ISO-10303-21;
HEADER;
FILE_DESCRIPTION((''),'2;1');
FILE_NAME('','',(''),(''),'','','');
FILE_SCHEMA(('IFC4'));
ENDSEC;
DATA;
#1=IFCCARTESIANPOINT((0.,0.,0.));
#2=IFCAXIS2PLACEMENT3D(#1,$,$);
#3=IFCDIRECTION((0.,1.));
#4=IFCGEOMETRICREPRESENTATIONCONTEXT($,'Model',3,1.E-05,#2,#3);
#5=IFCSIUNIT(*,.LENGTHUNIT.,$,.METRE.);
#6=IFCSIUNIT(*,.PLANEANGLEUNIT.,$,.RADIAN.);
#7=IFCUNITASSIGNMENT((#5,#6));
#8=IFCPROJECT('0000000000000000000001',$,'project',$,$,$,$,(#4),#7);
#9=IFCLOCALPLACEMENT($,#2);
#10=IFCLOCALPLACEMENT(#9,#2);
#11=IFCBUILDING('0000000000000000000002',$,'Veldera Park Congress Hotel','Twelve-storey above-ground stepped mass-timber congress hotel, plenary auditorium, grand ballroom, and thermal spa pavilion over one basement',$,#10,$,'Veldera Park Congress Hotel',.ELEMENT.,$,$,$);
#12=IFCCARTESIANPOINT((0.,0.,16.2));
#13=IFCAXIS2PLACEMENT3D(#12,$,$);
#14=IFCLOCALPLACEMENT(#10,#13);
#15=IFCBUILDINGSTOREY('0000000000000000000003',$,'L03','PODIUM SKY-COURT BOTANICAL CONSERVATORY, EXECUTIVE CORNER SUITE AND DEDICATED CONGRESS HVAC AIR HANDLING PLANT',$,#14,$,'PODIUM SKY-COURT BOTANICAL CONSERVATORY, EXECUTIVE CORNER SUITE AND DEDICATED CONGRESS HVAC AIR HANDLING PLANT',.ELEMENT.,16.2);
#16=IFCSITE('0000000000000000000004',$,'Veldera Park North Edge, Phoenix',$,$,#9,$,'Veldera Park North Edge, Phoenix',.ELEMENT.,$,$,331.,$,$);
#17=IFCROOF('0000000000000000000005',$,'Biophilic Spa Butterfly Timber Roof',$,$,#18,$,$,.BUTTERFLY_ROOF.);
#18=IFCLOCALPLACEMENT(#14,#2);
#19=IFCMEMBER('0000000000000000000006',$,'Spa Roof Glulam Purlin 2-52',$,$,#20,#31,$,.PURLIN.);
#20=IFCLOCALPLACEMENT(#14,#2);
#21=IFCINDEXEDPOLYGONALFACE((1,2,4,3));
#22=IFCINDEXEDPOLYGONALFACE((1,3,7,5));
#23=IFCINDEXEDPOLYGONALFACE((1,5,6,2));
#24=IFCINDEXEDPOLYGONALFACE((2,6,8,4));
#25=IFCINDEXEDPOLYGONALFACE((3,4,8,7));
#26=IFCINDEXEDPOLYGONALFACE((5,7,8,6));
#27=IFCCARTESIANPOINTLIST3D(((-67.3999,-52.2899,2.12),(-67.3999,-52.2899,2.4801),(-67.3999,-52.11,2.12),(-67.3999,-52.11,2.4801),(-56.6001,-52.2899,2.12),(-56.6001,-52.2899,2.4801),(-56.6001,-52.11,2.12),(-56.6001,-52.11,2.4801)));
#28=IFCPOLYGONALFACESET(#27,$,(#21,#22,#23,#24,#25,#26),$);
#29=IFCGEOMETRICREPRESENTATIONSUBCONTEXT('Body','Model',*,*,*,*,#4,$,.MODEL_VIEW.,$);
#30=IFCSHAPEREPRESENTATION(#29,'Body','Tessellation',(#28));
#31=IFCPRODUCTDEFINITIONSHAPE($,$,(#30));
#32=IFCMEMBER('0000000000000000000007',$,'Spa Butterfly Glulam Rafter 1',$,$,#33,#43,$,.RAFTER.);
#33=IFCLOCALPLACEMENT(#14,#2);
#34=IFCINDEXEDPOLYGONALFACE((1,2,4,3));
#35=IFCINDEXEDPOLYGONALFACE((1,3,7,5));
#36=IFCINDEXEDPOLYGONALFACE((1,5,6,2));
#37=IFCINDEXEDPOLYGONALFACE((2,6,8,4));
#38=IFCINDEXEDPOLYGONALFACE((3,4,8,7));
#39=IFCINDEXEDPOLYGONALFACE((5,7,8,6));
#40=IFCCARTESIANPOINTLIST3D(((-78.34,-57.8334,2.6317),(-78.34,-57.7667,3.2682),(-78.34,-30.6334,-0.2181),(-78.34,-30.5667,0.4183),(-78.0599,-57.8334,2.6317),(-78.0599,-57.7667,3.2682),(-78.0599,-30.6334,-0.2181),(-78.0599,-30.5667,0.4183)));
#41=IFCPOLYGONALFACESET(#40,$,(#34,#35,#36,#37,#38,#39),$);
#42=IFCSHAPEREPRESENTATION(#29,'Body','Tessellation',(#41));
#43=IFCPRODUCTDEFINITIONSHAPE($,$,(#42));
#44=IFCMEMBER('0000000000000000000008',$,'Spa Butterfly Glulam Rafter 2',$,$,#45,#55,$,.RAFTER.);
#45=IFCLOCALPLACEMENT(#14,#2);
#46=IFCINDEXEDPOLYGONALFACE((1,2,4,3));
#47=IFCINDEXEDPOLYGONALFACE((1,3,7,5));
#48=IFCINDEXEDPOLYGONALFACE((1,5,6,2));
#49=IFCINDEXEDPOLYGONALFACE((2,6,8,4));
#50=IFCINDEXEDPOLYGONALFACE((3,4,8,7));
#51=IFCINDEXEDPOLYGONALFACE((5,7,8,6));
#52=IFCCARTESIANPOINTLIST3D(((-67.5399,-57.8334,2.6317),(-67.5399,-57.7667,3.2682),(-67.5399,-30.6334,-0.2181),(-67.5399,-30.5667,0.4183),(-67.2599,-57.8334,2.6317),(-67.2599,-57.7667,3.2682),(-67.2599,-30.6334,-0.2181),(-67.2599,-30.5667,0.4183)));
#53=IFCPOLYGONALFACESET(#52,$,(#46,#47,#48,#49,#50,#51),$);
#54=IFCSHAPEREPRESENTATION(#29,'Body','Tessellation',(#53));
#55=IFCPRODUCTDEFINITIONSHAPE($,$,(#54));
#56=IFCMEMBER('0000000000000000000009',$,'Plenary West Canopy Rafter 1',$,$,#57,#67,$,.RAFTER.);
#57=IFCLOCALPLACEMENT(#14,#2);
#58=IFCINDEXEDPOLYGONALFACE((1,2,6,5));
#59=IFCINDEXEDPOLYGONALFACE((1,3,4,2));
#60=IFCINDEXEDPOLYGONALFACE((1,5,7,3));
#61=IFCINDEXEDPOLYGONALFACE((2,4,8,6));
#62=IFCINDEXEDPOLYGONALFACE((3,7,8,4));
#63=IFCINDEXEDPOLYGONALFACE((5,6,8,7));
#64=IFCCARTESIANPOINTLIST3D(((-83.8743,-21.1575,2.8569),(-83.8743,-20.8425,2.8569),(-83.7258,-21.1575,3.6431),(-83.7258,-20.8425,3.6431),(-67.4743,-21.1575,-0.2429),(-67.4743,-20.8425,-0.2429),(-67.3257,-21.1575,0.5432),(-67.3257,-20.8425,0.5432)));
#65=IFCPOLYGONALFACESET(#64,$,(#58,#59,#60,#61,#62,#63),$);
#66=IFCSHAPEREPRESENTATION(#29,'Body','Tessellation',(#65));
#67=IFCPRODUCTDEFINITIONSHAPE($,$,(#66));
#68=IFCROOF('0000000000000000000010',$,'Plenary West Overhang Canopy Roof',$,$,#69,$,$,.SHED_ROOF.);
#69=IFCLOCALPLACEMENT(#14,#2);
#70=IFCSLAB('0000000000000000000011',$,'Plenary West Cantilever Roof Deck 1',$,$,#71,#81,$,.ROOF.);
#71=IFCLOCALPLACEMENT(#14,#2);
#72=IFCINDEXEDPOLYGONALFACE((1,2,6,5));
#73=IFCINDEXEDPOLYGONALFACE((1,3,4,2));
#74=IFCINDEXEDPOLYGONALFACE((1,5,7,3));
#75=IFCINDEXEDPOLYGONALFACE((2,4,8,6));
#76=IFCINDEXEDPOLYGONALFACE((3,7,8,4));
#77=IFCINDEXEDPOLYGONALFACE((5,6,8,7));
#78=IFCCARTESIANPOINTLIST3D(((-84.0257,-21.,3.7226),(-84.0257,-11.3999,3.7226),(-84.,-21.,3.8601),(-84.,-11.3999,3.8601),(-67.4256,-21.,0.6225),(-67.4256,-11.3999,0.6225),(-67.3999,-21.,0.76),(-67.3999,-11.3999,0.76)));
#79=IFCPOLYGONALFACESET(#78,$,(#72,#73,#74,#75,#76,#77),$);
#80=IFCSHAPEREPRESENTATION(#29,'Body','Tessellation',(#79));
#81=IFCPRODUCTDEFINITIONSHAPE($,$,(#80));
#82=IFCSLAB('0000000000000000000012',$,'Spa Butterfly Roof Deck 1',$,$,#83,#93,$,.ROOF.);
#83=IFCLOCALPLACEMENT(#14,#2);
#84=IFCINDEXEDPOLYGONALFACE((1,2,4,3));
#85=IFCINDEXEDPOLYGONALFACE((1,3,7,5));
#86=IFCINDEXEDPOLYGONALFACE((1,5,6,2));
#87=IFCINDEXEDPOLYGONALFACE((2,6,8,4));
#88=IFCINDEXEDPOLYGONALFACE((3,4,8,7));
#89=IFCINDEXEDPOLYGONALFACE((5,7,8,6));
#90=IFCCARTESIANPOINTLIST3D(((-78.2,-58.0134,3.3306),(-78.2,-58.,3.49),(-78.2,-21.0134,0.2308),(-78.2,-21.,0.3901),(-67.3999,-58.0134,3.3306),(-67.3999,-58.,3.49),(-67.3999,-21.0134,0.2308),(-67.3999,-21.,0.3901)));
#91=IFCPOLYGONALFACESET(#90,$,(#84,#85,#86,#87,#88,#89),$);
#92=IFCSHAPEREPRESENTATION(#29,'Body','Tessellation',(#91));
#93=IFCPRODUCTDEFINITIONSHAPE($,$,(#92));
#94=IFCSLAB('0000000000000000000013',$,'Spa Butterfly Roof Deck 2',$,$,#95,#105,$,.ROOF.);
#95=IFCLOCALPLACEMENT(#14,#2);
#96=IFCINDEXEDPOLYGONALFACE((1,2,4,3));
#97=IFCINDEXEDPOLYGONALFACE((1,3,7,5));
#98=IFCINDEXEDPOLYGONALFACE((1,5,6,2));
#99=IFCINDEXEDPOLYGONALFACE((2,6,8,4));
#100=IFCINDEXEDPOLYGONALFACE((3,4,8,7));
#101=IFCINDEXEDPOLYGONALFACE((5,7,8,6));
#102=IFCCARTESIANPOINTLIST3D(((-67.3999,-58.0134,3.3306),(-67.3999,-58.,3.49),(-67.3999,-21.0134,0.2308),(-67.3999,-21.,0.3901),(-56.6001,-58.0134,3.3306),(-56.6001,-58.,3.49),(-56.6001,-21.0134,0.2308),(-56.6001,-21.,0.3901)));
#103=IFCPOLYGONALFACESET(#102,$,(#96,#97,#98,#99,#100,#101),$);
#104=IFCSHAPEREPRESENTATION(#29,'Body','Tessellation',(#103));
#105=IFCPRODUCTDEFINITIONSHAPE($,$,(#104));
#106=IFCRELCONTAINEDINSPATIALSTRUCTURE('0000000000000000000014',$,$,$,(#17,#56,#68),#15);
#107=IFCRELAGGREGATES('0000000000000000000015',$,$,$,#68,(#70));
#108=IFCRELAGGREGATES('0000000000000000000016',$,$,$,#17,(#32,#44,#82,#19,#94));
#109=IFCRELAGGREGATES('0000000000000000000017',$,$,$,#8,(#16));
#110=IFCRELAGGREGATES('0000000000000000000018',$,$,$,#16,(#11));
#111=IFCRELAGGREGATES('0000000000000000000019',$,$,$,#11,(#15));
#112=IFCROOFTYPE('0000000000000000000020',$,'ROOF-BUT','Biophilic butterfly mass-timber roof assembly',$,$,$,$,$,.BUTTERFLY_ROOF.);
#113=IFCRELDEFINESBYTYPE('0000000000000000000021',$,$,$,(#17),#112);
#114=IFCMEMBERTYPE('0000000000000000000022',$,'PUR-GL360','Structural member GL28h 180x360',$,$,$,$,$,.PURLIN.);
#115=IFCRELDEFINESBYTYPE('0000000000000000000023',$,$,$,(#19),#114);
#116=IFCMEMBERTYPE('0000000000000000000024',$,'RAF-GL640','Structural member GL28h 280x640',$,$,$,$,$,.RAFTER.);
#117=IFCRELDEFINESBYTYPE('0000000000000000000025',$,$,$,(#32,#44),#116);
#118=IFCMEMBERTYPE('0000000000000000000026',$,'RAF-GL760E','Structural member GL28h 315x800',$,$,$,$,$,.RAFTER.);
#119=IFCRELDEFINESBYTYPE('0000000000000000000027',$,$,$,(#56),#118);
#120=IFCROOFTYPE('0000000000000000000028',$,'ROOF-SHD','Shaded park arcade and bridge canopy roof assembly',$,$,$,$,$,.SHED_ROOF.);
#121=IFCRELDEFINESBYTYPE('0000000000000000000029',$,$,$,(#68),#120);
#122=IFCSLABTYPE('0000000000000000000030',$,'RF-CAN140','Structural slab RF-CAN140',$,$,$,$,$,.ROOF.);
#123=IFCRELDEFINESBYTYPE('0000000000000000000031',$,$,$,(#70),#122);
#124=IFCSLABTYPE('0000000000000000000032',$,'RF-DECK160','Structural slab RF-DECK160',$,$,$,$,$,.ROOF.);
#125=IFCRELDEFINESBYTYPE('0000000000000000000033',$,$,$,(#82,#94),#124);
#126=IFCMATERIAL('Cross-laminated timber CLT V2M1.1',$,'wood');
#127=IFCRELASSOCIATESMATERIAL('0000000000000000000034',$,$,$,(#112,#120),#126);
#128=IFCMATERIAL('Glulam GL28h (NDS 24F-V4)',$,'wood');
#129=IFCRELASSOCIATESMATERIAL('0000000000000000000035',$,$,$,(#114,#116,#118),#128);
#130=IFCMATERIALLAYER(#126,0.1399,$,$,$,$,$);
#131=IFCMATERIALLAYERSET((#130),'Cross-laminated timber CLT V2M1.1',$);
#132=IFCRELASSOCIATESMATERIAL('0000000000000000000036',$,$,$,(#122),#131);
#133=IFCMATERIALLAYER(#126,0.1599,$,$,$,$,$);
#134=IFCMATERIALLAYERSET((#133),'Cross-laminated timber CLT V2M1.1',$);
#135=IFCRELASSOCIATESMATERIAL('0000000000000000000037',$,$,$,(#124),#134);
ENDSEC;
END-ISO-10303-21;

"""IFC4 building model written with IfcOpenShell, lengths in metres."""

from ifc_helpers import new_model, si_unit, direction, frame, origin, origin_2d, place, context, subcontext, project, spatial, polyline, rectangle, outline, extrude, material, layer, layer_set, material_profile, profile_set, type_object, element, aggregate, save


model = new_model("IFC4")

# Units and contexts
model_context = context("Model", 3, precision=1e-05, world=origin(), true_north=direction((0.0, 1.0)))
body_context = subcontext(model_context, "Body", "Model", "MODEL_VIEW")
ifc_project = project(units=[si_unit("LENGTHUNIT", "METRE"), si_unit("PLANEANGLEUNIT", "RADIAN")], contexts=[model_context])

# Site, building, storey
site_placement = place(None, origin())
site = spatial("IfcSite", under=ifc_project, at=site_placement, Name="Veldera Park North Edge, Phoenix", LongName="Veldera Park North Edge, Phoenix", CompositionType="ELEMENT", RefElevation=331.0)
building_placement = place(site_placement, origin())
building = spatial("IfcBuilding", under=site, at=building_placement, Name="Veldera Park Congress Hotel", Description="Twelve-storey above-ground stepped mass-timber congress hotel, plenary auditorium, grand ballroom, and thermal spa pavilion over one basement", LongName="Veldera Park Congress Hotel", CompositionType="ELEMENT")
storey_placement = place(building_placement, frame((0.0, 0.0, 16.2)))
storey = spatial("IfcBuildingStorey", under=building, at=storey_placement, Name="L03", Description="PODIUM SKY-COURT BOTANICAL CONSERVATORY, EXECUTIVE CORNER SUITE AND DEDICATED CONGRESS HVAC AIR HANDLING PLANT", LongName="PODIUM SKY-COURT BOTANICAL CONSERVATORY, EXECUTIVE CORNER SUITE AND DEDICATED CONGRESS HVAC AIR HANDLING PLANT", CompositionType="ELEMENT", Elevation=16.2)

# Shared definitions
ifc_material_1 = material(Name="Glulam GL28h (NDS 24F-V4)", Category="wood")

# Roof, members
ifc_material_2 = material(Name="Cross-laminated timber CLT V2M1.1", Category="wood")
roof_type_1 = type_object("IfcRoofType", Name="ROOF-BUT", Description="Biophilic butterfly mass-timber roof assembly", PredefinedType="BUTTERFLY_ROOF", material=ifc_material_2)
roof_1_placement = place(storey_placement, origin())
roof_1 = element("IfcRoof", 1, at=roof_1_placement, inside=storey, type_object=roof_type_1, Name="Biophilic Spa Butterfly Timber Roof", PredefinedType="BUTTERFLY_ROOF")
ifc_material_profile_1 = material_profile(ifc_material_1, rectangle(XDim=0.1799, YDim=0.3601, at=origin_2d()), Name="GL28h 180x360")
ifc_profile_set_1 = profile_set([ifc_material_profile_1], Name="Glulam GL28h (NDS 24F-V4)")
member_type_1 = type_object("IfcMemberType", Name="PUR-GL360", Description="Structural member GL28h 180x360", PredefinedType="PURLIN", material=ifc_profile_set_1)
member_1_placement = place(storey_placement, frame((-67.3999, -52.2, 2.3), z_axis=(1.0, 0.0, 0.0), x_axis=(0.0, 1.0, 0.0)))
member_1 = element("IfcMember", 2, at=member_1_placement, type_object=member_type_1, Name="Spa Roof Glulam Purlin 2-52", PredefinedType="PURLIN", context=body_context, shape_type="SweptSolid", body=[
    extrude(rectangle(XDim=0.1799, YDim=0.3601, at=origin_2d()), origin(), (0.0, 0.0, 1.0), 10.7998),
])
ifc_material_profile_2 = material_profile(ifc_material_1, rectangle(XDim=0.28, YDim=0.6399, at=origin_2d()), Name="GL28h 280x640")
ifc_profile_set_2 = profile_set([ifc_material_profile_2], Name="Glulam GL28h (NDS 24F-V4)")
member_type_2 = type_object("IfcMemberType", Name="RAF-GL640", Description="Structural member GL28h 280x640", PredefinedType="RAFTER", material=ifc_profile_set_2)
member_2_placement = place(storey_placement, frame((-78.2, -57.8, 2.95), z_axis=(0.0, 0.994556, -0.104204), x_axis=(-1.0, 0.0, 0.0)))
member_2 = element("IfcMember", 3, at=member_2_placement, type_object=member_type_2, Name="Spa Butterfly Glulam Rafter 1", PredefinedType="RAFTER", context=body_context, shape_type="SweptSolid", body=[
    extrude(rectangle(XDim=0.28, YDim=0.6399, at=origin_2d()), origin(), (0.0, 0.0, 1.0), 27.3489),
])
member_3_placement = place(storey_placement, frame((-67.3999, -57.8, 2.95), z_axis=(0.0, 0.994556, -0.104204), x_axis=(-1.0, 0.0, 0.0)))
member_3 = element("IfcMember", 4, at=member_3_placement, type_object=member_type_2, Name="Spa Butterfly Glulam Rafter 2", PredefinedType="RAFTER", context=body_context, shape_type="SweptSolid", body=[
    extrude(rectangle(XDim=0.28, YDim=0.6399, at=origin_2d()), origin(), (0.0, 0.0, 1.0), 27.3489),
])

# Member
ifc_material_profile_3 = material_profile(ifc_material_1, rectangle(XDim=0.3149, YDim=0.8, at=origin_2d()), Name="GL28h 315x800")
ifc_profile_set_3 = profile_set([ifc_material_profile_3], Name="Glulam GL28h (NDS 24F-V4)")
member_type_3 = type_object("IfcMemberType", Name="RAF-GL760E", Description="Structural member GL28h 315x800", PredefinedType="RAFTER", material=ifc_profile_set_3)
member_4_placement = place(storey_placement, frame((-83.8, -21.0, 3.25), z_axis=(0.982602, 0.0, -0.185725), x_axis=(0.0, 1.0, 0.0)))
element("IfcMember", 5, at=member_4_placement, inside=storey, type_object=member_type_3, Name="Plenary West Canopy Rafter 1", PredefinedType="RAFTER", context=body_context, shape_type="SweptSolid", body=[
    extrude(rectangle(XDim=0.3149, YDim=0.8, at=origin_2d()), origin(), (0.0, 0.0, 1.0), 16.6904),
])

# Roof, slab
roof_type_2 = type_object("IfcRoofType", Name="ROOF-SHD", Description="Shaded park arcade and bridge canopy roof assembly", PredefinedType="SHED_ROOF", material=ifc_material_2)
roof_2_placement = place(storey_placement, origin())
roof_2 = element("IfcRoof", 6, at=roof_2_placement, inside=storey, type_object=roof_type_2, Name="Plenary West Overhang Canopy Roof", PredefinedType="SHED_ROOF")
ifc_layer_1 = layer(ifc_material_2, 0.1399)
ifc_layer_set_1 = layer_set([ifc_layer_1], Name="Cross-laminated timber CLT V2M1.1")
slab_type_1 = type_object("IfcSlabType", Name="RF-CAN140", Description="Structural slab RF-CAN140", PredefinedType="ROOF", material=ifc_layer_set_1)
slab_1_placement = place(storey_placement, frame((-84.0, -21.0, 3.8601), z_axis=(0.183578, 0.0, 0.983005), x_axis=(0.983005, 0.0, -0.183578)))
slab_1 = element("IfcSlab", 7, at=slab_1_placement, type_object=slab_type_1, Name="Plenary West Cantilever Roof Deck 1", PredefinedType="ROOF", context=body_context, shape_type="SweptSolid", body=[
    extrude(outline(polyline([(0.0, 0.0), (16.8871, 0.0), (16.8871, 9.6001), (0.0, 9.6001), (0.0, 0.0)])), origin(), (0.0, 0.0, -1.0), 0.1399),
])
aggregate(roof_2, [slab_1])

# Slabs
ifc_layer_2 = layer(ifc_material_2, 0.1599)
ifc_layer_set_2 = layer_set([ifc_layer_2], Name="Cross-laminated timber CLT V2M1.1")
slab_type_2 = type_object("IfcSlabType", Name="RF-DECK160", Description="Structural slab RF-DECK160", PredefinedType="ROOF", material=ifc_layer_set_2)
slab_2_placement = place(storey_placement, frame((-78.2, -58.0, 3.49), z_axis=(0.0, 0.083487, 0.996509), x_axis=(1.0, 0.0, 0.0)))
slab_2 = element("IfcSlab", 8, at=slab_2_placement, type_object=slab_type_2, Name="Spa Butterfly Roof Deck 1", PredefinedType="ROOF", context=body_context, shape_type="SweptSolid", body=[
    extrude(outline(polyline([(0.0, 0.0), (10.8, 0.0), (10.8, 37.1296), (0.0, 37.1296), (0.0, 0.0)])), origin(), (0.0, 0.0, -1.0), 0.1599),
])
slab_3_placement = place(storey_placement, frame((-67.3999, -58.0, 3.49), z_axis=(0.0, 0.083487, 0.996509), x_axis=(1.0, 0.0, 0.0)))
slab_3 = element("IfcSlab", 9, at=slab_3_placement, type_object=slab_type_2, Name="Spa Butterfly Roof Deck 2", PredefinedType="ROOF", context=body_context, shape_type="SweptSolid", body=[
    extrude(outline(polyline([(0.0, 0.0), (10.7998, 0.0), (10.7998, 37.1296), (0.0, 37.1296), (0.0, 0.0)])), origin(), (0.0, 0.0, -1.0), 0.1599),
])
aggregate(roof_1, [member_2, member_3, slab_2, member_1, slab_3])

save(model, "model.ifc")
